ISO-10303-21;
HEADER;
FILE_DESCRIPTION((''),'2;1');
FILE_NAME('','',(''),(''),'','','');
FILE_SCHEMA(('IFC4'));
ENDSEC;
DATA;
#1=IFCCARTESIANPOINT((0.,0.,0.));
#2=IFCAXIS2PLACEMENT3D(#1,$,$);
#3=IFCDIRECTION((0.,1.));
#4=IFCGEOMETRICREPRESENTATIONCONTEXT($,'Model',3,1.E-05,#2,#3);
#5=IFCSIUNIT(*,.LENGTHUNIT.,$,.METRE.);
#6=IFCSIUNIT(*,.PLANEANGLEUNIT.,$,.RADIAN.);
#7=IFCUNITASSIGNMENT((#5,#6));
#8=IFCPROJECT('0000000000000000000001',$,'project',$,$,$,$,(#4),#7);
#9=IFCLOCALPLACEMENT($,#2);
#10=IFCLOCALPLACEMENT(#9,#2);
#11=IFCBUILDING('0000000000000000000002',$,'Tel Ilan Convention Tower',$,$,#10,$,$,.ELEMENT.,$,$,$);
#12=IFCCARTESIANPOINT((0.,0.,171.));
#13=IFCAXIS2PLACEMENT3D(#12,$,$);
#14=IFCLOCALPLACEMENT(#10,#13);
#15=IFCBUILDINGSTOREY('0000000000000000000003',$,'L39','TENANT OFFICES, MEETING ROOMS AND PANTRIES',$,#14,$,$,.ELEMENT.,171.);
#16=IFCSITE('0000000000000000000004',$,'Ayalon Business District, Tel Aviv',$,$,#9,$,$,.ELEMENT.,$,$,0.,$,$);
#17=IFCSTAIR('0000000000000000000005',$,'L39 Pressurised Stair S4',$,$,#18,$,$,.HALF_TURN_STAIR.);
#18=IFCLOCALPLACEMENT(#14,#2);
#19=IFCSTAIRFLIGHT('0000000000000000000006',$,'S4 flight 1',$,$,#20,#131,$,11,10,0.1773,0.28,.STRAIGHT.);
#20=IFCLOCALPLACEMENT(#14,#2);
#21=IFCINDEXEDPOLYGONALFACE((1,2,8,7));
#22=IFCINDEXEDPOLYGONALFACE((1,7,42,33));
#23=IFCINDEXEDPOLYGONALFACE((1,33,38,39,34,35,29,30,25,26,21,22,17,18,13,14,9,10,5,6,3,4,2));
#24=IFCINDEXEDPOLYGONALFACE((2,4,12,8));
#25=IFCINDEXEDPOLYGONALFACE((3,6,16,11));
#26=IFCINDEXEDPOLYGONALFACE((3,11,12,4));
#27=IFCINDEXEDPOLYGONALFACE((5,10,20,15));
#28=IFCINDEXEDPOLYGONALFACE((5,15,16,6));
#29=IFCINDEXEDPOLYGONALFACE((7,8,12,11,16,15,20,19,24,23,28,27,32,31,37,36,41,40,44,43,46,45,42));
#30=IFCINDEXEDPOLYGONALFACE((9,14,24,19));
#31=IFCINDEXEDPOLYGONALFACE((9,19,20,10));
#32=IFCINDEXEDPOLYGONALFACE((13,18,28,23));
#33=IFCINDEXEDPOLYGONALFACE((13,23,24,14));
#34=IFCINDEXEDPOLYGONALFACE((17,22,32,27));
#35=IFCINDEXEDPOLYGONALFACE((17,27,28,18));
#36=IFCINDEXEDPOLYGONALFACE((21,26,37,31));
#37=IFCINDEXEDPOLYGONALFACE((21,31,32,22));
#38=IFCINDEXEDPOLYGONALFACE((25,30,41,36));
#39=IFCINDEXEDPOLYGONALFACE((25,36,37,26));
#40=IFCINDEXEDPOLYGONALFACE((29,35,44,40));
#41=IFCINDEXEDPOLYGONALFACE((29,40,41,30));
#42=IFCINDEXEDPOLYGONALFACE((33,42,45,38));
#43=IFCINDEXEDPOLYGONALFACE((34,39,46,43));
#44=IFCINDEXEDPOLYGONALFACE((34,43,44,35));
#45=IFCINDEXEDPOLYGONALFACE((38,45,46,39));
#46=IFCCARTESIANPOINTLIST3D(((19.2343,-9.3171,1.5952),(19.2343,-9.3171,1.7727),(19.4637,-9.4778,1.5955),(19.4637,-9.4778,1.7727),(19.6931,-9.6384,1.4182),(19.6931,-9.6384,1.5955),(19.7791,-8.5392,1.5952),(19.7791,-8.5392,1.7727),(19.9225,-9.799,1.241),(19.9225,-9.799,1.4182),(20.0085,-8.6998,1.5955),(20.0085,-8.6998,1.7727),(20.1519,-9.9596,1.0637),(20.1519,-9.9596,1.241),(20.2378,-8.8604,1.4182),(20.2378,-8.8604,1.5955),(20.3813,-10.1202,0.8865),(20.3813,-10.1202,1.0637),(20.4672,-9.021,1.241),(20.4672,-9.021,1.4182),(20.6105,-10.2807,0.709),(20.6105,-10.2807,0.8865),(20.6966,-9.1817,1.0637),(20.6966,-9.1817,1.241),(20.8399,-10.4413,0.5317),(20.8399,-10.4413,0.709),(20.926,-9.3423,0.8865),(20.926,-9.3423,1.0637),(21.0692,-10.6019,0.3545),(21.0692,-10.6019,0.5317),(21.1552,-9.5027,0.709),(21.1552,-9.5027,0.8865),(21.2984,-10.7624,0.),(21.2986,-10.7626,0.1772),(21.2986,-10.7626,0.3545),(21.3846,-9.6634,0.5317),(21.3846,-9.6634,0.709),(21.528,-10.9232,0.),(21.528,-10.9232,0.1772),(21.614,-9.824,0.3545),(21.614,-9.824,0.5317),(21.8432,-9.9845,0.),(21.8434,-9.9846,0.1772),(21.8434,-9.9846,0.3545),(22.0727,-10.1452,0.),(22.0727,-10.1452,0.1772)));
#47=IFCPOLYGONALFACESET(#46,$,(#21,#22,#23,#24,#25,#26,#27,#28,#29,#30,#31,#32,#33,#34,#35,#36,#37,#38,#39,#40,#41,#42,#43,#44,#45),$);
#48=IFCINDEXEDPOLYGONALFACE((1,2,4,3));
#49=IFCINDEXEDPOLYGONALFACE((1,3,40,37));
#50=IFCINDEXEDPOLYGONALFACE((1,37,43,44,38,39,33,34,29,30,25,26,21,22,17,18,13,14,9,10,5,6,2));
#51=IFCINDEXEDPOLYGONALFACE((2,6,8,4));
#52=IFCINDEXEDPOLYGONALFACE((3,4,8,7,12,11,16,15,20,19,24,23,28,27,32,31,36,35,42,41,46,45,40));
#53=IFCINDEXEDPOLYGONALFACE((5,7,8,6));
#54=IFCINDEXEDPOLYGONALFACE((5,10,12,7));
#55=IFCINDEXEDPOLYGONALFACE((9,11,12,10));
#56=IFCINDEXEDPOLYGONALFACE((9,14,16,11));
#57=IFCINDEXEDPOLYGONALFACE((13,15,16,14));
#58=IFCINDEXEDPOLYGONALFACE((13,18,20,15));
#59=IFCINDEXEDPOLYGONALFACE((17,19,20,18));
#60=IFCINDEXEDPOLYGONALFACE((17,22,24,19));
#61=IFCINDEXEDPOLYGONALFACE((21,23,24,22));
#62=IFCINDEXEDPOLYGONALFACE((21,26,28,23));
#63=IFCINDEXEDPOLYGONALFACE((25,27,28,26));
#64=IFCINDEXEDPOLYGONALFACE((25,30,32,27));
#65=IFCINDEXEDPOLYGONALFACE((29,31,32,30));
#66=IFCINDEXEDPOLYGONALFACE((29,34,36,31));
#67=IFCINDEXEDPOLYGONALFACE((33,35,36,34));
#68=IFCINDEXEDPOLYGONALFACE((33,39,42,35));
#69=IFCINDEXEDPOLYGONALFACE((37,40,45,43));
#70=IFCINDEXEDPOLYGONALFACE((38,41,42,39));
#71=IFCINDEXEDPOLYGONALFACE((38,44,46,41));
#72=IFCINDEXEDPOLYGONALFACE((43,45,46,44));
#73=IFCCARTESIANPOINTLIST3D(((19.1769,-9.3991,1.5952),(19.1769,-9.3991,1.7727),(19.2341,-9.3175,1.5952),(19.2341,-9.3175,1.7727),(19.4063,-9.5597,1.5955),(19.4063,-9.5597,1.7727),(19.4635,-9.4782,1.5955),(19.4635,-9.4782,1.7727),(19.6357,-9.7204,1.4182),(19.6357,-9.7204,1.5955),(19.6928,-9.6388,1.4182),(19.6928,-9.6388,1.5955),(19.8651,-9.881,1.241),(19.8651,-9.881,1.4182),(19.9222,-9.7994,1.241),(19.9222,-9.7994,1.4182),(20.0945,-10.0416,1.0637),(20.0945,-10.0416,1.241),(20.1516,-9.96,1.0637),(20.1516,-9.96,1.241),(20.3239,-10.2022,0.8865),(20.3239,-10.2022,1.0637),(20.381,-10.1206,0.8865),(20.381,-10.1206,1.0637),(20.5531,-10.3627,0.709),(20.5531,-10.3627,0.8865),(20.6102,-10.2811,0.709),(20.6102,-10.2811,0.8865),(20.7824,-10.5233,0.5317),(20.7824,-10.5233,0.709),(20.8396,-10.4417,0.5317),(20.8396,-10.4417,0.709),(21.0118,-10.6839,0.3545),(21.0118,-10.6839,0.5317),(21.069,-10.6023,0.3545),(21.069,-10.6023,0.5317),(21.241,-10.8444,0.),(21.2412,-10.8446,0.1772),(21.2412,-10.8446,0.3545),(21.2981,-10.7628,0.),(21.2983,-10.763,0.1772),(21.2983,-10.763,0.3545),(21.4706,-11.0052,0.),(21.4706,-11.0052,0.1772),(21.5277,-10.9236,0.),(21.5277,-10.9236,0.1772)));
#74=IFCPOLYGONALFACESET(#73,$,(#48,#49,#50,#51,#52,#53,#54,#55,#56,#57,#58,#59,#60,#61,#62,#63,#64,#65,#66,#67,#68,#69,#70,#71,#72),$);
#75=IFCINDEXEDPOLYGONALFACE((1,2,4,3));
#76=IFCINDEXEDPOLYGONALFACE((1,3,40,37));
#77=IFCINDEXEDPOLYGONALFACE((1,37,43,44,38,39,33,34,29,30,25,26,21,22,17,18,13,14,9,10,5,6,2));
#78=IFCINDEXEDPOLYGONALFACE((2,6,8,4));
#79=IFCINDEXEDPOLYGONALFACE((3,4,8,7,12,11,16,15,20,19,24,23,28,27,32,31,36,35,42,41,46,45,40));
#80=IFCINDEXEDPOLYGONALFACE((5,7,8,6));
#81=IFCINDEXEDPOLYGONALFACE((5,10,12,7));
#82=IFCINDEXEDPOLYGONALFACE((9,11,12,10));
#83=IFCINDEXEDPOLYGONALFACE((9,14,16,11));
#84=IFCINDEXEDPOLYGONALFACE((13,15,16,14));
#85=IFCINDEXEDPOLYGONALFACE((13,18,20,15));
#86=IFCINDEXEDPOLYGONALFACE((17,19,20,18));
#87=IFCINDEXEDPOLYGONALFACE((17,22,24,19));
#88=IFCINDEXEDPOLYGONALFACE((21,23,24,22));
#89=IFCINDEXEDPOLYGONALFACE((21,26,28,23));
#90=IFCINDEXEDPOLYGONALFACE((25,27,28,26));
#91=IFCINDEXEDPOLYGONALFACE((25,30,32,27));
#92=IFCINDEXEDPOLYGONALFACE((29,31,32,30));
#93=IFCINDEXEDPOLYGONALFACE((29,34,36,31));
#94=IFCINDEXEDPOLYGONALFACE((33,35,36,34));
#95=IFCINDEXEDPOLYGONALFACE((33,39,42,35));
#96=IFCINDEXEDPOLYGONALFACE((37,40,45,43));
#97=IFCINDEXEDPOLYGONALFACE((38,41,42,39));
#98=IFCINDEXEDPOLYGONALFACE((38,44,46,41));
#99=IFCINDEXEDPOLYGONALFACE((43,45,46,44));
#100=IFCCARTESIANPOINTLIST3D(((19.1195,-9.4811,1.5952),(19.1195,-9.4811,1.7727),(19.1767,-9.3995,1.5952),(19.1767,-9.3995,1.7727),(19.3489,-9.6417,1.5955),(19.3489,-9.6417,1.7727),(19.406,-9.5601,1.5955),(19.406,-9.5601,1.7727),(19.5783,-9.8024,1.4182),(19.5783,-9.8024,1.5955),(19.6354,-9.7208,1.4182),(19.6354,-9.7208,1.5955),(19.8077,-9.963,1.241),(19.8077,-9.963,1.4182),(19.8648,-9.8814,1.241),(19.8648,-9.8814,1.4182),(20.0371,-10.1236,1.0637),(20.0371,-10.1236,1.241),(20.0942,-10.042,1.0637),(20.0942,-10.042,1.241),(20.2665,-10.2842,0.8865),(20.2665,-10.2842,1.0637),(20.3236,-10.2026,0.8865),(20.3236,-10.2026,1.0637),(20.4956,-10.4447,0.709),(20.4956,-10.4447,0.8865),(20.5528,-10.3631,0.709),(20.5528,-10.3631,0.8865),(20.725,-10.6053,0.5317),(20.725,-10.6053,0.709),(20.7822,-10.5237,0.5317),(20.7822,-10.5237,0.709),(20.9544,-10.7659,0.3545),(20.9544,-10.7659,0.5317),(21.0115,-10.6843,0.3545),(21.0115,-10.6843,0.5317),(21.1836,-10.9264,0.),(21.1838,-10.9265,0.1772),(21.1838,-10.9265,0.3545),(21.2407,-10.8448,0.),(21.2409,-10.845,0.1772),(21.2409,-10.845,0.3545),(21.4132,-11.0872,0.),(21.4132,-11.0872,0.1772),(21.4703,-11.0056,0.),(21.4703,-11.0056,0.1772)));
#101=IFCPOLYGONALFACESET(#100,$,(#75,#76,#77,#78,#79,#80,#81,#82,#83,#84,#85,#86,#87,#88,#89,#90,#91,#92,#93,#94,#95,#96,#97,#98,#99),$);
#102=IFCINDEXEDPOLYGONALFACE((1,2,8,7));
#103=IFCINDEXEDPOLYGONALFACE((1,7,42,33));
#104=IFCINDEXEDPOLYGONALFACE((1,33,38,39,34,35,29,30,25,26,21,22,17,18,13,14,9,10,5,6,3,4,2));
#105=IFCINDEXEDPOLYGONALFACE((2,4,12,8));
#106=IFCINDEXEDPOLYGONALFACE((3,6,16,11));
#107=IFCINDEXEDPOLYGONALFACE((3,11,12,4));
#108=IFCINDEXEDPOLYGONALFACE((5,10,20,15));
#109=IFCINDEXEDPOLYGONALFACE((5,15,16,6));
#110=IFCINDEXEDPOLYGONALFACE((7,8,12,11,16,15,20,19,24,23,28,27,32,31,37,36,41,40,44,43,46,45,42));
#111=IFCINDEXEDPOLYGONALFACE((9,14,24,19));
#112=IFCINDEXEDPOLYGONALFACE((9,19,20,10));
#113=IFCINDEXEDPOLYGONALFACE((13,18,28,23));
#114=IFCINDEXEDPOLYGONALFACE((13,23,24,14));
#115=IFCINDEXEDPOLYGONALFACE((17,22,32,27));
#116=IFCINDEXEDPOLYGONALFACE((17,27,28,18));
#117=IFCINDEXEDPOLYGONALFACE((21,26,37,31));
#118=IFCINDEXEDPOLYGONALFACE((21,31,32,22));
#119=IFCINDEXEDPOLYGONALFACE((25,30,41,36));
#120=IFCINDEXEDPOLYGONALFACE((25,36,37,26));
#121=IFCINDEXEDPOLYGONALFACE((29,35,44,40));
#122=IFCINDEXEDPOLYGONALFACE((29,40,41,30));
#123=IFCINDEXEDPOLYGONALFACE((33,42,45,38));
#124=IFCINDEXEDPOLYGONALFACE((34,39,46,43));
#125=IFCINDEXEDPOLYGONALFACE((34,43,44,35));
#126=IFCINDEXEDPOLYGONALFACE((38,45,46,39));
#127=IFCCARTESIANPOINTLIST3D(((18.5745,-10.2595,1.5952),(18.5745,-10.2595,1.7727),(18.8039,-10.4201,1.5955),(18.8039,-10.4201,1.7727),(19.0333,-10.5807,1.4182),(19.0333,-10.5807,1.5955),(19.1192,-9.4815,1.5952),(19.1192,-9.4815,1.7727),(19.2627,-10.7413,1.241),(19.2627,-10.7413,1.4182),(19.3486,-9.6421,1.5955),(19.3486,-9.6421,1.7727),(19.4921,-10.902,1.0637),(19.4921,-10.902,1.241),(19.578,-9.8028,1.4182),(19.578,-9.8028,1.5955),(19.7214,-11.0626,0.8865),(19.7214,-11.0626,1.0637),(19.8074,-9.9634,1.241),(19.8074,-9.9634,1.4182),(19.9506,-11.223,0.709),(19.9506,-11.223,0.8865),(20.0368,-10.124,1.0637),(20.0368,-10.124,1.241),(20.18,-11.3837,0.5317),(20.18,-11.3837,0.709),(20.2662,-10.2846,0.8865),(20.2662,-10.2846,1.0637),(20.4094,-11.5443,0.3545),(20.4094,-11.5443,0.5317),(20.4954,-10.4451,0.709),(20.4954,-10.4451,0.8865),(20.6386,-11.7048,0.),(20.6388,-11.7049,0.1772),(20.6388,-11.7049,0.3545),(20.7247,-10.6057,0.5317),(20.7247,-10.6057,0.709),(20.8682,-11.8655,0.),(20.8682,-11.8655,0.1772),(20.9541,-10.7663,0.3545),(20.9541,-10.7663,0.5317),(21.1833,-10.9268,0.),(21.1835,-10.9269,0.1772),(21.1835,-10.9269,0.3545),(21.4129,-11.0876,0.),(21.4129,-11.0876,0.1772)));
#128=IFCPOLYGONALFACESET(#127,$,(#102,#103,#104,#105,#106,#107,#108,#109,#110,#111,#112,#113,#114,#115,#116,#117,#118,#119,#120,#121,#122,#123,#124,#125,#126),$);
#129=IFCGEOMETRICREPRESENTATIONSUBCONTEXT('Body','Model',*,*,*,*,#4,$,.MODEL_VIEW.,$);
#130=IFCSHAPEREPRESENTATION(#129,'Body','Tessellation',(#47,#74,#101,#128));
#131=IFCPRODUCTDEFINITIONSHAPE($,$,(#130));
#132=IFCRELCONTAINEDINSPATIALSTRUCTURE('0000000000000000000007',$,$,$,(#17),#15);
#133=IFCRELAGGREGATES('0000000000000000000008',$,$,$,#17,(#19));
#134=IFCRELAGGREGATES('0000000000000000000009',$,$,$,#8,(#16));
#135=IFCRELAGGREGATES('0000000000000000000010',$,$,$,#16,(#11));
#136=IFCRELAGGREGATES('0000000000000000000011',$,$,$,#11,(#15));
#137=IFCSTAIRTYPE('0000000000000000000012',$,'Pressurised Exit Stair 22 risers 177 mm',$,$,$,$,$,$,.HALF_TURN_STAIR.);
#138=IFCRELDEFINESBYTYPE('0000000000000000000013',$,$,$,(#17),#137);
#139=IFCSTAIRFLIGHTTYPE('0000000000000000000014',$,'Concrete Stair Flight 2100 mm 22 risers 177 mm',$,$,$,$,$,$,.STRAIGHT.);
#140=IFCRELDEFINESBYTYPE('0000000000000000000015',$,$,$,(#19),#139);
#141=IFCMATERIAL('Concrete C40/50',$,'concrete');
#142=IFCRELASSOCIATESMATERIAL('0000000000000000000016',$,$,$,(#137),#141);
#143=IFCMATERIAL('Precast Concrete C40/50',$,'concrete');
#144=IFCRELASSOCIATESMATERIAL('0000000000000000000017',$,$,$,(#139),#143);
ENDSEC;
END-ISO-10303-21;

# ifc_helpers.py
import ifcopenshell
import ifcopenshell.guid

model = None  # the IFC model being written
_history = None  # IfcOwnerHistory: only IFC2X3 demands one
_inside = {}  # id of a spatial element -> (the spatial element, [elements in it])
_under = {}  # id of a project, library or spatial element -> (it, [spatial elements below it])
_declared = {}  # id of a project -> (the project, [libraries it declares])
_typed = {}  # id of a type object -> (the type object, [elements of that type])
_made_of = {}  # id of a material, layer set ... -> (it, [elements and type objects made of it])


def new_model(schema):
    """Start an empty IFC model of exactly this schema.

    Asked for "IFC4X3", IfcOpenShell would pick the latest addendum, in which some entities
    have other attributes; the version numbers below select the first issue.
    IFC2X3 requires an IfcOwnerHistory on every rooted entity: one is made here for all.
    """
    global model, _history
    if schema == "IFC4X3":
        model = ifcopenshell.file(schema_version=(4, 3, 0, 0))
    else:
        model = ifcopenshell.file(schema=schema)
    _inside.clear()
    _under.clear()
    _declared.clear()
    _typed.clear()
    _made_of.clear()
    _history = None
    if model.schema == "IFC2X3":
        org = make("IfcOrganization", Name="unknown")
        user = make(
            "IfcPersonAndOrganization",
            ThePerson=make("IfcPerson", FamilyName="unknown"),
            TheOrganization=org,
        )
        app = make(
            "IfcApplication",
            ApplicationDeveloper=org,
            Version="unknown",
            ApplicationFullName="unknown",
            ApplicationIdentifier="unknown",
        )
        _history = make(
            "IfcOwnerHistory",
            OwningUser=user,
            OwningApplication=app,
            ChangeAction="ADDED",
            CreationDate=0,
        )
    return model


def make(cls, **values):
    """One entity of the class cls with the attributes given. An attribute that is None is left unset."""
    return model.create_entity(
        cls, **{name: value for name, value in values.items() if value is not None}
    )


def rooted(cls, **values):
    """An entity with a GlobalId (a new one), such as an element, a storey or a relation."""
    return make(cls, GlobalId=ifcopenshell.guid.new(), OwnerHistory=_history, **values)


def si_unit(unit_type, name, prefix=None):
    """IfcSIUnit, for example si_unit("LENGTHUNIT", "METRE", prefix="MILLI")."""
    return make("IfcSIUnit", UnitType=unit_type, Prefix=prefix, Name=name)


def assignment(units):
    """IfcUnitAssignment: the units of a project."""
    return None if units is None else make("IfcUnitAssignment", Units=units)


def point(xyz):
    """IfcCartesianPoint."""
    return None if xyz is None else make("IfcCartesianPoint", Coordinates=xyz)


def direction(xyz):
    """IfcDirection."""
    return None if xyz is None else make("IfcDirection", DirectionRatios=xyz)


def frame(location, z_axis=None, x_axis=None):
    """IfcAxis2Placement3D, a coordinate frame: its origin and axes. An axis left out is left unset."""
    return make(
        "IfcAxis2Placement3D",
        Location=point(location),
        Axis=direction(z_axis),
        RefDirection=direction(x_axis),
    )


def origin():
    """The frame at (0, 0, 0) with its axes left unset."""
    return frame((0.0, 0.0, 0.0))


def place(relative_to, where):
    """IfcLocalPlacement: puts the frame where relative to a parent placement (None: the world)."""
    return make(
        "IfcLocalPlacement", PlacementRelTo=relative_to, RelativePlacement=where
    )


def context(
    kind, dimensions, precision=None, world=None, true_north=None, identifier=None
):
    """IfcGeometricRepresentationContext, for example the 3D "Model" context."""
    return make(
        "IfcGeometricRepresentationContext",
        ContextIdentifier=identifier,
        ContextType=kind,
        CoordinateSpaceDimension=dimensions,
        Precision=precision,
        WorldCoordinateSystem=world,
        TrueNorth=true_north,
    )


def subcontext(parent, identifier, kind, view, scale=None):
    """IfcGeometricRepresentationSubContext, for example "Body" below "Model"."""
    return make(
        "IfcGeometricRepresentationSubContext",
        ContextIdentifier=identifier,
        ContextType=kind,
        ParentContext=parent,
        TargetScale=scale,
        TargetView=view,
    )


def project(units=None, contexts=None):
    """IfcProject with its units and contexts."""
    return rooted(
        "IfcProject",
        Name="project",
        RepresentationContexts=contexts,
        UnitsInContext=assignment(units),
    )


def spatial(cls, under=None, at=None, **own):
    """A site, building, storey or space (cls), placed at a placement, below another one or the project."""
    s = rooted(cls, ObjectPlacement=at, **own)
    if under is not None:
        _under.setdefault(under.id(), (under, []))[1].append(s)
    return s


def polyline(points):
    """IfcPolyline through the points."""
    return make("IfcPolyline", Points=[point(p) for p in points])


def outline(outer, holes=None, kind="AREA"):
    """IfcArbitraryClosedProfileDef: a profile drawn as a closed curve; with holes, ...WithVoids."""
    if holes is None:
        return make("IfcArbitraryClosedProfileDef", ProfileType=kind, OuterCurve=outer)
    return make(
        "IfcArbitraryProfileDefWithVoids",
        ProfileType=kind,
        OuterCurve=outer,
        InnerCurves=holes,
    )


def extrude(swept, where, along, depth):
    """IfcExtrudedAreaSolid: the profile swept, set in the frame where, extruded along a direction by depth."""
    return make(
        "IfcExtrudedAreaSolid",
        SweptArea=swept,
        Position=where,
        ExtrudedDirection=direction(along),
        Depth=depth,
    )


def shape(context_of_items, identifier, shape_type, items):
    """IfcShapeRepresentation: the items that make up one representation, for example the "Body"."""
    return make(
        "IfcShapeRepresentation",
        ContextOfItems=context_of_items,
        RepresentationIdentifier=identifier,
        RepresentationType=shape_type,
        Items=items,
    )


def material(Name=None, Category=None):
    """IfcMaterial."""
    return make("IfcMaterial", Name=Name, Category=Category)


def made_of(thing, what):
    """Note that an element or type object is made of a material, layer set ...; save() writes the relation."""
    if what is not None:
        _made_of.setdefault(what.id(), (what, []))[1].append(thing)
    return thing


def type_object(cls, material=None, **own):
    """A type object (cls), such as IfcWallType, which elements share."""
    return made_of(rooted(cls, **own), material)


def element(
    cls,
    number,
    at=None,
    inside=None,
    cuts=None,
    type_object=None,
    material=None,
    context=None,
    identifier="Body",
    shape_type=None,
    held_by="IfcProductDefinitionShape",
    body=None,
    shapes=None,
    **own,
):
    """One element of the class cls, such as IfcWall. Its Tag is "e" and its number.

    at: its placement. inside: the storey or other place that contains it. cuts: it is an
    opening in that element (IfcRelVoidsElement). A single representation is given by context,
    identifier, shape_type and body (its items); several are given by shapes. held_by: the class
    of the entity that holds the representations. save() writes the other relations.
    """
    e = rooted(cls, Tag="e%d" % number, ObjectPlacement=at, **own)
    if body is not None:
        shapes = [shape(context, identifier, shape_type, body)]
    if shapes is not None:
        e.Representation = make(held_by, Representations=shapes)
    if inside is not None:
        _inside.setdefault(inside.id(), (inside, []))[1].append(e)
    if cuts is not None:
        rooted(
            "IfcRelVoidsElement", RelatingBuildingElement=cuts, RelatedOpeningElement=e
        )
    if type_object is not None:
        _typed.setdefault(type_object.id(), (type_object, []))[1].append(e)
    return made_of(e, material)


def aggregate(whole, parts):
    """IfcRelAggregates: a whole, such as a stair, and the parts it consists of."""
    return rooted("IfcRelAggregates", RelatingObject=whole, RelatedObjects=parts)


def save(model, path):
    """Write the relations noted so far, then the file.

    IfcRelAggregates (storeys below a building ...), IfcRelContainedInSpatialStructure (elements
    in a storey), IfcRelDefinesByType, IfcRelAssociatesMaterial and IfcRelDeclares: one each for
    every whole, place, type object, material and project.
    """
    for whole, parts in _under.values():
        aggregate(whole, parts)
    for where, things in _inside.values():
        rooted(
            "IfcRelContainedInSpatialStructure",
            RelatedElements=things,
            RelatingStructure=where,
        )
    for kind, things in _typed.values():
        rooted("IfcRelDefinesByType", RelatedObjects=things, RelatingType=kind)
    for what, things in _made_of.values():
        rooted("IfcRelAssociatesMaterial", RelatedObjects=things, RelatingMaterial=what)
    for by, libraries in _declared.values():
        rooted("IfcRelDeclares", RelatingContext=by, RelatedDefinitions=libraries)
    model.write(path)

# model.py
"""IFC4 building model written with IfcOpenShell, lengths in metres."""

from ifc_helpers import new_model, si_unit, direction, frame, origin, place, context, subcontext, project, spatial, polyline, outline, extrude, material, type_object, element, aggregate, save


model = new_model("IFC4")

# Units and contexts
model_context = context("Model", 3, precision=1e-05, world=origin(), true_north=direction((0.0, 1.0)))
body_context = subcontext(model_context, "Body", "Model", "MODEL_VIEW")
ifc_project = project(units=[si_unit("LENGTHUNIT", "METRE"), si_unit("PLANEANGLEUNIT", "RADIAN")], contexts=[model_context])

# Site, building, storey
site_placement = place(None, origin())
site = spatial("IfcSite", under=ifc_project, at=site_placement, Name="Ayalon Business District, Tel Aviv", CompositionType="ELEMENT", RefElevation=0.0)
building_placement = place(site_placement, origin())
building = spatial("IfcBuilding", under=site, at=building_placement, Name="Tel Ilan Convention Tower", CompositionType="ELEMENT")
storey_placement = place(building_placement, frame((0.0, 0.0, 171.0)))
storey = spatial("IfcBuildingStorey", under=building, at=storey_placement, Name="L39", Description="TENANT OFFICES, MEETING ROOMS AND PANTRIES", CompositionType="ELEMENT", Elevation=171.0)

# Shared definitions
ifc_material_1 = material(Name="Concrete C40/50", Category="concrete")
stair_type = type_object("IfcStairType", Name="Pressurised Exit Stair 22 risers 177 mm", PredefinedType="HALF_TURN_STAIR", material=ifc_material_1)
ifc_material_2 = material(Name="Precast Concrete C40/50", Category="concrete")
stair_flight_type = type_object("IfcStairFlightType", Name="Concrete Stair Flight 2100 mm 22 risers 177 mm", PredefinedType="STRAIGHT", material=ifc_material_2)

# Stair, stair flight
stair_1_placement = place(storey_placement, origin())
stair_1 = element("IfcStair", 1, at=stair_1_placement, inside=storey, type_object=stair_type, Name="L39 Pressurised Stair S4", PredefinedType="HALF_TURN_STAIR")
stair_flight_1_placement = place(storey_placement, frame((21.4705, -11.0054, 0.0), z_axis=(0.0, 0.0, 1.0), x_axis=(-0.819152, 0.573576, 0.0)))
stair_flight_1 = element("IfcStairFlight", 2, at=stair_flight_1_placement, type_object=stair_flight_type, Name="S4 flight 1", NumberOfRisers=11, NumberOfTreads=10, PredefinedType="STRAIGHT", RiserHeight=0.1773, TreadLength=0.28, context=body_context, shape_type="SweptSolid", body=[
    extrude(outline(polyline([(0.0, 0.0), (0.0, 0.1772), (0.28, 0.1772), (0.28, 0.3545), (0.5601, 0.3545), (0.5601, 0.5317), (0.8401, 0.5317), (0.8401, 0.709), (1.1201, 0.709), (1.1201, 0.8865), (1.3999, 0.8865), (1.3999, 1.0637), (1.6799, 1.0637), (1.6799, 1.241), (1.96, 1.241), (1.96, 1.4182), (2.24, 1.4182), (2.24, 1.5955), (2.52, 1.5955), (2.52, 1.7727), (2.8, 1.7727), (2.8, 1.95), (2.8, 1.5952), (0.2803, 0.0), (0.0, 0.0)])), frame((0.0, -0.1003, 0.0), z_axis=(0.0, -1.0, 0.0), x_axis=(1.0, 0.0, 0.0)), (0.0, 0.0, 1.0), 0.9497),
    extrude(outline(polyline([(0.0, 0.0), (0.0, 0.1772), (0.28, 0.1772), (0.28, 0.3545), (0.5601, 0.3545), (0.5601, 0.5317), (0.8401, 0.5317), (0.8401, 0.709), (1.1201, 0.709), (1.1201, 0.8865), (1.3999, 0.8865), (1.3999, 1.0637), (1.6799, 1.0637), (1.6799, 1.241), (1.96, 1.241), (1.96, 1.4182), (2.24, 1.4182), (2.24, 1.5955), (2.52, 1.5955), (2.52, 1.7727), (2.8, 1.7727), (2.8, 1.95), (2.8, 1.5952), (0.2803, 0.0), (0.0, 0.0)])), frame((0.0, -0.0002, 0.0), z_axis=(0.0, -1.0, 0.0), x_axis=(1.0, 0.0, 0.0)), (0.0, 0.0, 1.0), 0.0996),
    extrude(outline(polyline([(0.0, 0.0), (0.0, 0.1772), (0.28, 0.1772), (0.28, 0.3545), (0.5601, 0.3545), (0.5601, 0.5317), (0.8401, 0.5317), (0.8401, 0.709), (1.1201, 0.709), (1.1201, 0.8865), (1.3999, 0.8865), (1.3999, 1.0637), (1.6799, 1.0637), (1.6799, 1.241), (1.96, 1.241), (1.96, 1.4182), (2.24, 1.4182), (2.24, 1.5955), (2.52, 1.5955), (2.52, 1.7727), (2.8, 1.7727), (2.8, 1.95), (2.8, 1.5952), (0.2803, 0.0), (0.0, 0.0)])), frame((0.0, 0.0999, 0.0), z_axis=(0.0, -1.0, 0.0), x_axis=(1.0, 0.0, 0.0)), (0.0, 0.0, 1.0), 0.0996),
    extrude(outline(polyline([(0.0, 0.0), (0.0, 0.1772), (0.28, 0.1772), (0.28, 0.3545), (0.5601, 0.3545), (0.5601, 0.5317), (0.8401, 0.5317), (0.8401, 0.709), (1.1201, 0.709), (1.1201, 0.8865), (1.3999, 0.8865), (1.3999, 1.0637), (1.6799, 1.0637), (1.6799, 1.241), (1.96, 1.241), (1.96, 1.4182), (2.24, 1.4182), (2.24, 1.5955), (2.52, 1.5955), (2.52, 1.7727), (2.8, 1.7727), (2.8, 1.95), (2.8, 1.5952), (0.2803, 0.0), (0.0, 0.0)])), frame((0.0, 1.05, 0.0), z_axis=(0.0, -1.0, 0.0), x_axis=(1.0, 0.0, 0.0)), (0.0, 0.0, 1.0), 0.9497),
])
aggregate(stair_1, [stair_flight_1])

save(model, "model.ifc")
